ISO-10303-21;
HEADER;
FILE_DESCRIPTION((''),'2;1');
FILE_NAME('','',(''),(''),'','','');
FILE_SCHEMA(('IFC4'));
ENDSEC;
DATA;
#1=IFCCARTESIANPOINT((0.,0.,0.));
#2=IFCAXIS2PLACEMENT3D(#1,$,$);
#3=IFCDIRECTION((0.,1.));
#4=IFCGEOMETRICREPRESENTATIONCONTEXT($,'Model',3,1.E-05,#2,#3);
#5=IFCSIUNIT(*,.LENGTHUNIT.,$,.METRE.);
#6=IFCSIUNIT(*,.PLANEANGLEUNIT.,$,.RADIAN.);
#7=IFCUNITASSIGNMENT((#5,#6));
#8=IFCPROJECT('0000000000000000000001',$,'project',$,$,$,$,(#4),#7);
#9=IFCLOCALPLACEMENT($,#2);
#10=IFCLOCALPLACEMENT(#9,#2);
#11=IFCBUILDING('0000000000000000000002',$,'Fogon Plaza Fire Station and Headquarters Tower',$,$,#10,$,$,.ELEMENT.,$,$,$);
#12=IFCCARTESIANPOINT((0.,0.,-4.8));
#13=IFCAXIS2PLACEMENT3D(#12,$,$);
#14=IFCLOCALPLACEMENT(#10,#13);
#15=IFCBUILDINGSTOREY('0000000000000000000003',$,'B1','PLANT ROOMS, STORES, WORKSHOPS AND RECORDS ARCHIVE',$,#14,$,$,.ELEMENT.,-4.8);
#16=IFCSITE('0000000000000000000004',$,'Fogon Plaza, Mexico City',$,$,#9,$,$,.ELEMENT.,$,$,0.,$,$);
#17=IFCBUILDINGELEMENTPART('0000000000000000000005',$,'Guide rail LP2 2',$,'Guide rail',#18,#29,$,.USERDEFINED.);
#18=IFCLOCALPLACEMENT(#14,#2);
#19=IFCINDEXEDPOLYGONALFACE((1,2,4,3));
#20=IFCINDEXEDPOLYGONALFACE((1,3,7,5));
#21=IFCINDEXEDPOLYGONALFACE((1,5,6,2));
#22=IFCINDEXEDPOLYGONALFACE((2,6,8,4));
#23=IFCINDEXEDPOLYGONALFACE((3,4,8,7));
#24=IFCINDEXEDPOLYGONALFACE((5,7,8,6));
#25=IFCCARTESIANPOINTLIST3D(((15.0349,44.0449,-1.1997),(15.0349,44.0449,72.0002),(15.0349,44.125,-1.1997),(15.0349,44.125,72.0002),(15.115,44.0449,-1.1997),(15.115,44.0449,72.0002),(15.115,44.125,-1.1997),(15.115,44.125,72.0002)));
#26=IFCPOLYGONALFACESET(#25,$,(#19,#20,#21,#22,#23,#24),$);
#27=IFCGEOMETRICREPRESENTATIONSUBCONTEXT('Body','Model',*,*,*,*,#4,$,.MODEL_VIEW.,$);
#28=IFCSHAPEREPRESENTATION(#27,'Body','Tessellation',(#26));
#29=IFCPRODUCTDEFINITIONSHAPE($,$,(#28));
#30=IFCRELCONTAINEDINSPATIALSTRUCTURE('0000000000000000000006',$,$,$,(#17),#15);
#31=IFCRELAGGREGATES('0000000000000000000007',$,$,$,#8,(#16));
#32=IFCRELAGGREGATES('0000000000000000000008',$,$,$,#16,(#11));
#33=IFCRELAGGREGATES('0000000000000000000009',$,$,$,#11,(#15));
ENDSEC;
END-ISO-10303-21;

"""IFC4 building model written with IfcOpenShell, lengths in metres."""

from ifc_helpers import new_model, si_unit, direction, frame, origin, origin_2d, place, context, subcontext, project, spatial, rectangle, extrude, element, save


model = new_model("IFC4")

# Units and contexts
model_context = context("Model", 3, precision=1e-05, world=origin(), true_north=direction((0.0, 1.0)))
body_context = subcontext(model_context, "Body", "Model", "MODEL_VIEW")
ifc_project = project(units=[si_unit("LENGTHUNIT", "METRE"), si_unit("PLANEANGLEUNIT", "RADIAN")], contexts=[model_context])

# Site, building, storey
site_placement = place(None, origin())
site = spatial("IfcSite", under=ifc_project, at=site_placement, Name="Fogon Plaza, Mexico City", CompositionType="ELEMENT", RefElevation=0.0)
building_placement = place(site_placement, origin())
building = spatial("IfcBuilding", under=site, at=building_placement, Name="Fogon Plaza Fire Station and Headquarters Tower", CompositionType="ELEMENT")
storey_placement = place(building_placement, frame((0.0, 0.0, -4.8)))
storey = spatial("IfcBuildingStorey", under=building, at=storey_placement, Name="B1", Description="PLANT ROOMS, STORES, WORKSHOPS AND RECORDS ARCHIVE", CompositionType="ELEMENT", Elevation=-4.8)

# Building element part
building_element_part_placement = place(storey_placement, frame((15.075, 44.085, -1.1997), z_axis=(0.0, 0.0, 1.0), x_axis=(1.0, 0.0, 0.0)))
element("IfcBuildingElementPart", 1, at=building_element_part_placement, inside=storey, Name="Guide rail LP2 2", ObjectType="Guide rail", PredefinedType="USERDEFINED", context=body_context, shape_type="SweptSolid", body=[
    extrude(rectangle(XDim=0.0801, YDim=0.0801, at=origin_2d()), origin(), (0.0, 0.0, 1.0), 73.2),
])

save(model, "model.ifc")
